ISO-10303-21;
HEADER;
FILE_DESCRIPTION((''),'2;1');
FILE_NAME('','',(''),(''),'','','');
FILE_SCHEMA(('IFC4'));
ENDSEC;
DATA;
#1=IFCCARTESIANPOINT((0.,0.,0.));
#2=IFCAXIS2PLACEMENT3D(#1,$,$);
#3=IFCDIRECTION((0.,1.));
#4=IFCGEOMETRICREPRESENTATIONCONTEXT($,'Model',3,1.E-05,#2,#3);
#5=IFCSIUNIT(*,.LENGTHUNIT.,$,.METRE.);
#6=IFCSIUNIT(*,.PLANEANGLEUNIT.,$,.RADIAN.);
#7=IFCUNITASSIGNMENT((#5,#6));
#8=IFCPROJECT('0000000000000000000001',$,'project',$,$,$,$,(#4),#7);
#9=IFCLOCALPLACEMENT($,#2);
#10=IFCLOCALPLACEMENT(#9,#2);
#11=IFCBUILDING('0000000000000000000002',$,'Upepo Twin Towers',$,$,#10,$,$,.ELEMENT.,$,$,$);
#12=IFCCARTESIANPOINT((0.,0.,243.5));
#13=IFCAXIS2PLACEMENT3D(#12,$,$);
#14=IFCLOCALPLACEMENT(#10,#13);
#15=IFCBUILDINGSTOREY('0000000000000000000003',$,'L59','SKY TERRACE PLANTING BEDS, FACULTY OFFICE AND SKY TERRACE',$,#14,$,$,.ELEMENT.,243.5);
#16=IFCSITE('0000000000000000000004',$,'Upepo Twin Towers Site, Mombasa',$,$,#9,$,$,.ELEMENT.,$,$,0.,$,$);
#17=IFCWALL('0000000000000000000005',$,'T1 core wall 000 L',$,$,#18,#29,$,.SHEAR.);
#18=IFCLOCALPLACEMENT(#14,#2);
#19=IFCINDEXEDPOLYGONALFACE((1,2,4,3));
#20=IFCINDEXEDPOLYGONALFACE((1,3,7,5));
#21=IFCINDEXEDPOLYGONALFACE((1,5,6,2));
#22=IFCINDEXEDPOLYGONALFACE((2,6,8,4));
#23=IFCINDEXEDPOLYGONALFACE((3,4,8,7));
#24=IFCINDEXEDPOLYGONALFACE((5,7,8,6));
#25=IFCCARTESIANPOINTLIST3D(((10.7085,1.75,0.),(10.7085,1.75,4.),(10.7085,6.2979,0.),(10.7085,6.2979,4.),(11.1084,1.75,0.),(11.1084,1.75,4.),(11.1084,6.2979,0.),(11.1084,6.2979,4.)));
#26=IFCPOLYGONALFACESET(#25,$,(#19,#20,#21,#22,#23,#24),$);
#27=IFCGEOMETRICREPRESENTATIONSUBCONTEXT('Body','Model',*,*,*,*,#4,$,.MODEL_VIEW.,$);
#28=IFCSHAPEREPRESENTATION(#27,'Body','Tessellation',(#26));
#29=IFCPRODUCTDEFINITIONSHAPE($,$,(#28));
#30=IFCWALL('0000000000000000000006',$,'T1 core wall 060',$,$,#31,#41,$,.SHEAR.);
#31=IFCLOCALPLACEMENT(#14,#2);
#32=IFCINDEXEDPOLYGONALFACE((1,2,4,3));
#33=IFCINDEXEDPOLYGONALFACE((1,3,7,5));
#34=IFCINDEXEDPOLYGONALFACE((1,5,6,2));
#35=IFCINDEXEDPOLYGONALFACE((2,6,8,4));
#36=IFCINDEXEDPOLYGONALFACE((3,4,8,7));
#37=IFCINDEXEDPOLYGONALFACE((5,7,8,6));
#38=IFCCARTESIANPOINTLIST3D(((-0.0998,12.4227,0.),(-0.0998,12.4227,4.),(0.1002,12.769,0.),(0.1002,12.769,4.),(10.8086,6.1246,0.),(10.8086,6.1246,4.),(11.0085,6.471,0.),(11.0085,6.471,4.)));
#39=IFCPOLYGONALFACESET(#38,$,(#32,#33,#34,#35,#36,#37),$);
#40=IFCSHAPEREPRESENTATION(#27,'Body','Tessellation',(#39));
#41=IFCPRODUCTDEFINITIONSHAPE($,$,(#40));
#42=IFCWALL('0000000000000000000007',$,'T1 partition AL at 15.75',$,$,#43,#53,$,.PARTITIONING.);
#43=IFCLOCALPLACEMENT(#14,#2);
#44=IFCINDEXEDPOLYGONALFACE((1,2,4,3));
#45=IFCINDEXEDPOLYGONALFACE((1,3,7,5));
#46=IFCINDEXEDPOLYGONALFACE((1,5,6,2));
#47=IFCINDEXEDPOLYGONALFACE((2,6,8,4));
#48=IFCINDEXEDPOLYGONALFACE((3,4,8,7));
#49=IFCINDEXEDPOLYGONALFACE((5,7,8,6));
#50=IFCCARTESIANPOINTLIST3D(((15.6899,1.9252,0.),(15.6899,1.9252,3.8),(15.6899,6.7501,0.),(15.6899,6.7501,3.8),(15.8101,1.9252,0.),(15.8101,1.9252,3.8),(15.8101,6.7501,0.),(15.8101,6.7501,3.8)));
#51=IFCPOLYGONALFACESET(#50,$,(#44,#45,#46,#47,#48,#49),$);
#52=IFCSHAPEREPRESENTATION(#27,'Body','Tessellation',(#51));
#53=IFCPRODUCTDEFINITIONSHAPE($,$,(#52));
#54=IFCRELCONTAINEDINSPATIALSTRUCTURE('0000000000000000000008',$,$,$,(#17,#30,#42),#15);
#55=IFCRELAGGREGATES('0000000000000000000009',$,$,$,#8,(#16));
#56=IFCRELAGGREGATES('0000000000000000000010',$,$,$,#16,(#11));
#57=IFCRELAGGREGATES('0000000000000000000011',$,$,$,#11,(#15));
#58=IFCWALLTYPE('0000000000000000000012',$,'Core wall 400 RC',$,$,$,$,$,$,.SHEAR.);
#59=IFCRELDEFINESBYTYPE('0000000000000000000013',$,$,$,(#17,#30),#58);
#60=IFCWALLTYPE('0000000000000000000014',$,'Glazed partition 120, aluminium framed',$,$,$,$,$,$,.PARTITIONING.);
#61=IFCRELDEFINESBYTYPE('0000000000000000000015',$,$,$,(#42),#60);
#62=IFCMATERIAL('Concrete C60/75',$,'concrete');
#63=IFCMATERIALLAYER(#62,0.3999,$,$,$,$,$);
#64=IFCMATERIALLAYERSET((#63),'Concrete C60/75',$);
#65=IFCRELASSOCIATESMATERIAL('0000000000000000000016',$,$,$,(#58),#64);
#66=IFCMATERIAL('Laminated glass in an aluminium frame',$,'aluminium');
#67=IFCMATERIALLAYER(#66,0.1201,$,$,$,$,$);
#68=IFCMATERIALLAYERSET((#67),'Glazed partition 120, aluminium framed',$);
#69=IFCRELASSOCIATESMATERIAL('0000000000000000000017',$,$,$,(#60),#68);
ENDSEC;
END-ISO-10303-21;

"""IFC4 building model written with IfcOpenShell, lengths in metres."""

from ifc_helpers import new_model, si_unit, direction, frame, frame_2d, origin, place, context, subcontext, project, spatial, rectangle, extrude, material, layer, layer_set, type_object, element, save


model = new_model("IFC4")

# Units and contexts
model_context = context("Model", 3, precision=1e-05, world=origin(), true_north=direction((0.0, 1.0)))
body_context = subcontext(model_context, "Body", "Model", "MODEL_VIEW")
ifc_project = project(units=[si_unit("LENGTHUNIT", "METRE"), si_unit("PLANEANGLEUNIT", "RADIAN")], contexts=[model_context])

# Site, building, storey
site_placement = place(None, origin())
site = spatial("IfcSite", under=ifc_project, at=site_placement, Name="Upepo Twin Towers Site, Mombasa", CompositionType="ELEMENT", RefElevation=0.0)
building_placement = place(site_placement, origin())
building = spatial("IfcBuilding", under=site, at=building_placement, Name="Upepo Twin Towers", CompositionType="ELEMENT")
storey_placement = place(building_placement, frame((0.0, 0.0, 243.5)))
storey = spatial("IfcBuildingStorey", under=building, at=storey_placement, Name="L59", Description="SKY TERRACE PLANTING BEDS, FACULTY OFFICE AND SKY TERRACE", CompositionType="ELEMENT", Elevation=243.5)

# Walls
ifc_material_1 = material(Name="Concrete C60/75", Category="concrete")
ifc_layer_1 = layer(ifc_material_1, 0.3999)
ifc_layer_set_1 = layer_set([ifc_layer_1], Name="Concrete C60/75")
wall_type_1 = type_object("IfcWallType", Name="Core wall 400 RC", PredefinedType="SHEAR", material=ifc_layer_set_1)
wall_1_placement = place(storey_placement, frame((10.9084, 1.75, 0.0), z_axis=(0.0, 0.0, 1.0), x_axis=(0.0, 1.0, 0.0)))
element("IfcWall", 1, at=wall_1_placement, inside=storey, type_object=wall_type_1, Name="T1 core wall 000 L", PredefinedType="SHEAR", context=body_context, shape_type="SweptSolid", body=[
    extrude(rectangle(XDim=4.5479, YDim=0.3999, at=frame_2d((2.2739, 0.0))), origin(), (0.0, 0.0, 1.0), 4.0),
])
wall_2_placement = place(storey_placement, frame((10.9084, 6.2979, 0.0), z_axis=(0.0, 0.0, 1.0), x_axis=(-0.866022, 0.500006, 0.0)))
element("IfcWall", 2, at=wall_2_placement, inside=storey, type_object=wall_type_1, Name="T1 core wall 060", PredefinedType="SHEAR", context=body_context, shape_type="SweptSolid", body=[
    extrude(rectangle(XDim=12.5959, YDim=0.3999, at=frame_2d((6.2979, 0.0))), origin(), (0.0, 0.0, 1.0), 4.0),
])
ifc_material_2 = material(Name="Laminated glass in an aluminium frame", Category="aluminium")
ifc_layer_2 = layer(ifc_material_2, 0.1201)
ifc_layer_set_2 = layer_set([ifc_layer_2], Name="Glazed partition 120, aluminium framed")
wall_type_2 = type_object("IfcWallType", Name="Glazed partition 120, aluminium framed", PredefinedType="PARTITIONING", material=ifc_layer_set_2)
wall_3_placement = place(storey_placement, frame((15.75, 1.925, 0.0), z_axis=(0.0, 0.0, 1.0), x_axis=(0.0, 1.0, 0.0)))
element("IfcWall", 3, at=wall_3_placement, inside=storey, type_object=wall_type_2, Name="T1 partition AL at 15.75", PredefinedType="PARTITIONING", context=body_context, shape_type="SweptSolid", body=[
    extrude(rectangle(XDim=4.825, YDim=0.1201, at=frame_2d((2.4126, 0.0))), origin(), (0.0, 0.0, 1.0), 3.8),
])

save(model, "model.ifc")
